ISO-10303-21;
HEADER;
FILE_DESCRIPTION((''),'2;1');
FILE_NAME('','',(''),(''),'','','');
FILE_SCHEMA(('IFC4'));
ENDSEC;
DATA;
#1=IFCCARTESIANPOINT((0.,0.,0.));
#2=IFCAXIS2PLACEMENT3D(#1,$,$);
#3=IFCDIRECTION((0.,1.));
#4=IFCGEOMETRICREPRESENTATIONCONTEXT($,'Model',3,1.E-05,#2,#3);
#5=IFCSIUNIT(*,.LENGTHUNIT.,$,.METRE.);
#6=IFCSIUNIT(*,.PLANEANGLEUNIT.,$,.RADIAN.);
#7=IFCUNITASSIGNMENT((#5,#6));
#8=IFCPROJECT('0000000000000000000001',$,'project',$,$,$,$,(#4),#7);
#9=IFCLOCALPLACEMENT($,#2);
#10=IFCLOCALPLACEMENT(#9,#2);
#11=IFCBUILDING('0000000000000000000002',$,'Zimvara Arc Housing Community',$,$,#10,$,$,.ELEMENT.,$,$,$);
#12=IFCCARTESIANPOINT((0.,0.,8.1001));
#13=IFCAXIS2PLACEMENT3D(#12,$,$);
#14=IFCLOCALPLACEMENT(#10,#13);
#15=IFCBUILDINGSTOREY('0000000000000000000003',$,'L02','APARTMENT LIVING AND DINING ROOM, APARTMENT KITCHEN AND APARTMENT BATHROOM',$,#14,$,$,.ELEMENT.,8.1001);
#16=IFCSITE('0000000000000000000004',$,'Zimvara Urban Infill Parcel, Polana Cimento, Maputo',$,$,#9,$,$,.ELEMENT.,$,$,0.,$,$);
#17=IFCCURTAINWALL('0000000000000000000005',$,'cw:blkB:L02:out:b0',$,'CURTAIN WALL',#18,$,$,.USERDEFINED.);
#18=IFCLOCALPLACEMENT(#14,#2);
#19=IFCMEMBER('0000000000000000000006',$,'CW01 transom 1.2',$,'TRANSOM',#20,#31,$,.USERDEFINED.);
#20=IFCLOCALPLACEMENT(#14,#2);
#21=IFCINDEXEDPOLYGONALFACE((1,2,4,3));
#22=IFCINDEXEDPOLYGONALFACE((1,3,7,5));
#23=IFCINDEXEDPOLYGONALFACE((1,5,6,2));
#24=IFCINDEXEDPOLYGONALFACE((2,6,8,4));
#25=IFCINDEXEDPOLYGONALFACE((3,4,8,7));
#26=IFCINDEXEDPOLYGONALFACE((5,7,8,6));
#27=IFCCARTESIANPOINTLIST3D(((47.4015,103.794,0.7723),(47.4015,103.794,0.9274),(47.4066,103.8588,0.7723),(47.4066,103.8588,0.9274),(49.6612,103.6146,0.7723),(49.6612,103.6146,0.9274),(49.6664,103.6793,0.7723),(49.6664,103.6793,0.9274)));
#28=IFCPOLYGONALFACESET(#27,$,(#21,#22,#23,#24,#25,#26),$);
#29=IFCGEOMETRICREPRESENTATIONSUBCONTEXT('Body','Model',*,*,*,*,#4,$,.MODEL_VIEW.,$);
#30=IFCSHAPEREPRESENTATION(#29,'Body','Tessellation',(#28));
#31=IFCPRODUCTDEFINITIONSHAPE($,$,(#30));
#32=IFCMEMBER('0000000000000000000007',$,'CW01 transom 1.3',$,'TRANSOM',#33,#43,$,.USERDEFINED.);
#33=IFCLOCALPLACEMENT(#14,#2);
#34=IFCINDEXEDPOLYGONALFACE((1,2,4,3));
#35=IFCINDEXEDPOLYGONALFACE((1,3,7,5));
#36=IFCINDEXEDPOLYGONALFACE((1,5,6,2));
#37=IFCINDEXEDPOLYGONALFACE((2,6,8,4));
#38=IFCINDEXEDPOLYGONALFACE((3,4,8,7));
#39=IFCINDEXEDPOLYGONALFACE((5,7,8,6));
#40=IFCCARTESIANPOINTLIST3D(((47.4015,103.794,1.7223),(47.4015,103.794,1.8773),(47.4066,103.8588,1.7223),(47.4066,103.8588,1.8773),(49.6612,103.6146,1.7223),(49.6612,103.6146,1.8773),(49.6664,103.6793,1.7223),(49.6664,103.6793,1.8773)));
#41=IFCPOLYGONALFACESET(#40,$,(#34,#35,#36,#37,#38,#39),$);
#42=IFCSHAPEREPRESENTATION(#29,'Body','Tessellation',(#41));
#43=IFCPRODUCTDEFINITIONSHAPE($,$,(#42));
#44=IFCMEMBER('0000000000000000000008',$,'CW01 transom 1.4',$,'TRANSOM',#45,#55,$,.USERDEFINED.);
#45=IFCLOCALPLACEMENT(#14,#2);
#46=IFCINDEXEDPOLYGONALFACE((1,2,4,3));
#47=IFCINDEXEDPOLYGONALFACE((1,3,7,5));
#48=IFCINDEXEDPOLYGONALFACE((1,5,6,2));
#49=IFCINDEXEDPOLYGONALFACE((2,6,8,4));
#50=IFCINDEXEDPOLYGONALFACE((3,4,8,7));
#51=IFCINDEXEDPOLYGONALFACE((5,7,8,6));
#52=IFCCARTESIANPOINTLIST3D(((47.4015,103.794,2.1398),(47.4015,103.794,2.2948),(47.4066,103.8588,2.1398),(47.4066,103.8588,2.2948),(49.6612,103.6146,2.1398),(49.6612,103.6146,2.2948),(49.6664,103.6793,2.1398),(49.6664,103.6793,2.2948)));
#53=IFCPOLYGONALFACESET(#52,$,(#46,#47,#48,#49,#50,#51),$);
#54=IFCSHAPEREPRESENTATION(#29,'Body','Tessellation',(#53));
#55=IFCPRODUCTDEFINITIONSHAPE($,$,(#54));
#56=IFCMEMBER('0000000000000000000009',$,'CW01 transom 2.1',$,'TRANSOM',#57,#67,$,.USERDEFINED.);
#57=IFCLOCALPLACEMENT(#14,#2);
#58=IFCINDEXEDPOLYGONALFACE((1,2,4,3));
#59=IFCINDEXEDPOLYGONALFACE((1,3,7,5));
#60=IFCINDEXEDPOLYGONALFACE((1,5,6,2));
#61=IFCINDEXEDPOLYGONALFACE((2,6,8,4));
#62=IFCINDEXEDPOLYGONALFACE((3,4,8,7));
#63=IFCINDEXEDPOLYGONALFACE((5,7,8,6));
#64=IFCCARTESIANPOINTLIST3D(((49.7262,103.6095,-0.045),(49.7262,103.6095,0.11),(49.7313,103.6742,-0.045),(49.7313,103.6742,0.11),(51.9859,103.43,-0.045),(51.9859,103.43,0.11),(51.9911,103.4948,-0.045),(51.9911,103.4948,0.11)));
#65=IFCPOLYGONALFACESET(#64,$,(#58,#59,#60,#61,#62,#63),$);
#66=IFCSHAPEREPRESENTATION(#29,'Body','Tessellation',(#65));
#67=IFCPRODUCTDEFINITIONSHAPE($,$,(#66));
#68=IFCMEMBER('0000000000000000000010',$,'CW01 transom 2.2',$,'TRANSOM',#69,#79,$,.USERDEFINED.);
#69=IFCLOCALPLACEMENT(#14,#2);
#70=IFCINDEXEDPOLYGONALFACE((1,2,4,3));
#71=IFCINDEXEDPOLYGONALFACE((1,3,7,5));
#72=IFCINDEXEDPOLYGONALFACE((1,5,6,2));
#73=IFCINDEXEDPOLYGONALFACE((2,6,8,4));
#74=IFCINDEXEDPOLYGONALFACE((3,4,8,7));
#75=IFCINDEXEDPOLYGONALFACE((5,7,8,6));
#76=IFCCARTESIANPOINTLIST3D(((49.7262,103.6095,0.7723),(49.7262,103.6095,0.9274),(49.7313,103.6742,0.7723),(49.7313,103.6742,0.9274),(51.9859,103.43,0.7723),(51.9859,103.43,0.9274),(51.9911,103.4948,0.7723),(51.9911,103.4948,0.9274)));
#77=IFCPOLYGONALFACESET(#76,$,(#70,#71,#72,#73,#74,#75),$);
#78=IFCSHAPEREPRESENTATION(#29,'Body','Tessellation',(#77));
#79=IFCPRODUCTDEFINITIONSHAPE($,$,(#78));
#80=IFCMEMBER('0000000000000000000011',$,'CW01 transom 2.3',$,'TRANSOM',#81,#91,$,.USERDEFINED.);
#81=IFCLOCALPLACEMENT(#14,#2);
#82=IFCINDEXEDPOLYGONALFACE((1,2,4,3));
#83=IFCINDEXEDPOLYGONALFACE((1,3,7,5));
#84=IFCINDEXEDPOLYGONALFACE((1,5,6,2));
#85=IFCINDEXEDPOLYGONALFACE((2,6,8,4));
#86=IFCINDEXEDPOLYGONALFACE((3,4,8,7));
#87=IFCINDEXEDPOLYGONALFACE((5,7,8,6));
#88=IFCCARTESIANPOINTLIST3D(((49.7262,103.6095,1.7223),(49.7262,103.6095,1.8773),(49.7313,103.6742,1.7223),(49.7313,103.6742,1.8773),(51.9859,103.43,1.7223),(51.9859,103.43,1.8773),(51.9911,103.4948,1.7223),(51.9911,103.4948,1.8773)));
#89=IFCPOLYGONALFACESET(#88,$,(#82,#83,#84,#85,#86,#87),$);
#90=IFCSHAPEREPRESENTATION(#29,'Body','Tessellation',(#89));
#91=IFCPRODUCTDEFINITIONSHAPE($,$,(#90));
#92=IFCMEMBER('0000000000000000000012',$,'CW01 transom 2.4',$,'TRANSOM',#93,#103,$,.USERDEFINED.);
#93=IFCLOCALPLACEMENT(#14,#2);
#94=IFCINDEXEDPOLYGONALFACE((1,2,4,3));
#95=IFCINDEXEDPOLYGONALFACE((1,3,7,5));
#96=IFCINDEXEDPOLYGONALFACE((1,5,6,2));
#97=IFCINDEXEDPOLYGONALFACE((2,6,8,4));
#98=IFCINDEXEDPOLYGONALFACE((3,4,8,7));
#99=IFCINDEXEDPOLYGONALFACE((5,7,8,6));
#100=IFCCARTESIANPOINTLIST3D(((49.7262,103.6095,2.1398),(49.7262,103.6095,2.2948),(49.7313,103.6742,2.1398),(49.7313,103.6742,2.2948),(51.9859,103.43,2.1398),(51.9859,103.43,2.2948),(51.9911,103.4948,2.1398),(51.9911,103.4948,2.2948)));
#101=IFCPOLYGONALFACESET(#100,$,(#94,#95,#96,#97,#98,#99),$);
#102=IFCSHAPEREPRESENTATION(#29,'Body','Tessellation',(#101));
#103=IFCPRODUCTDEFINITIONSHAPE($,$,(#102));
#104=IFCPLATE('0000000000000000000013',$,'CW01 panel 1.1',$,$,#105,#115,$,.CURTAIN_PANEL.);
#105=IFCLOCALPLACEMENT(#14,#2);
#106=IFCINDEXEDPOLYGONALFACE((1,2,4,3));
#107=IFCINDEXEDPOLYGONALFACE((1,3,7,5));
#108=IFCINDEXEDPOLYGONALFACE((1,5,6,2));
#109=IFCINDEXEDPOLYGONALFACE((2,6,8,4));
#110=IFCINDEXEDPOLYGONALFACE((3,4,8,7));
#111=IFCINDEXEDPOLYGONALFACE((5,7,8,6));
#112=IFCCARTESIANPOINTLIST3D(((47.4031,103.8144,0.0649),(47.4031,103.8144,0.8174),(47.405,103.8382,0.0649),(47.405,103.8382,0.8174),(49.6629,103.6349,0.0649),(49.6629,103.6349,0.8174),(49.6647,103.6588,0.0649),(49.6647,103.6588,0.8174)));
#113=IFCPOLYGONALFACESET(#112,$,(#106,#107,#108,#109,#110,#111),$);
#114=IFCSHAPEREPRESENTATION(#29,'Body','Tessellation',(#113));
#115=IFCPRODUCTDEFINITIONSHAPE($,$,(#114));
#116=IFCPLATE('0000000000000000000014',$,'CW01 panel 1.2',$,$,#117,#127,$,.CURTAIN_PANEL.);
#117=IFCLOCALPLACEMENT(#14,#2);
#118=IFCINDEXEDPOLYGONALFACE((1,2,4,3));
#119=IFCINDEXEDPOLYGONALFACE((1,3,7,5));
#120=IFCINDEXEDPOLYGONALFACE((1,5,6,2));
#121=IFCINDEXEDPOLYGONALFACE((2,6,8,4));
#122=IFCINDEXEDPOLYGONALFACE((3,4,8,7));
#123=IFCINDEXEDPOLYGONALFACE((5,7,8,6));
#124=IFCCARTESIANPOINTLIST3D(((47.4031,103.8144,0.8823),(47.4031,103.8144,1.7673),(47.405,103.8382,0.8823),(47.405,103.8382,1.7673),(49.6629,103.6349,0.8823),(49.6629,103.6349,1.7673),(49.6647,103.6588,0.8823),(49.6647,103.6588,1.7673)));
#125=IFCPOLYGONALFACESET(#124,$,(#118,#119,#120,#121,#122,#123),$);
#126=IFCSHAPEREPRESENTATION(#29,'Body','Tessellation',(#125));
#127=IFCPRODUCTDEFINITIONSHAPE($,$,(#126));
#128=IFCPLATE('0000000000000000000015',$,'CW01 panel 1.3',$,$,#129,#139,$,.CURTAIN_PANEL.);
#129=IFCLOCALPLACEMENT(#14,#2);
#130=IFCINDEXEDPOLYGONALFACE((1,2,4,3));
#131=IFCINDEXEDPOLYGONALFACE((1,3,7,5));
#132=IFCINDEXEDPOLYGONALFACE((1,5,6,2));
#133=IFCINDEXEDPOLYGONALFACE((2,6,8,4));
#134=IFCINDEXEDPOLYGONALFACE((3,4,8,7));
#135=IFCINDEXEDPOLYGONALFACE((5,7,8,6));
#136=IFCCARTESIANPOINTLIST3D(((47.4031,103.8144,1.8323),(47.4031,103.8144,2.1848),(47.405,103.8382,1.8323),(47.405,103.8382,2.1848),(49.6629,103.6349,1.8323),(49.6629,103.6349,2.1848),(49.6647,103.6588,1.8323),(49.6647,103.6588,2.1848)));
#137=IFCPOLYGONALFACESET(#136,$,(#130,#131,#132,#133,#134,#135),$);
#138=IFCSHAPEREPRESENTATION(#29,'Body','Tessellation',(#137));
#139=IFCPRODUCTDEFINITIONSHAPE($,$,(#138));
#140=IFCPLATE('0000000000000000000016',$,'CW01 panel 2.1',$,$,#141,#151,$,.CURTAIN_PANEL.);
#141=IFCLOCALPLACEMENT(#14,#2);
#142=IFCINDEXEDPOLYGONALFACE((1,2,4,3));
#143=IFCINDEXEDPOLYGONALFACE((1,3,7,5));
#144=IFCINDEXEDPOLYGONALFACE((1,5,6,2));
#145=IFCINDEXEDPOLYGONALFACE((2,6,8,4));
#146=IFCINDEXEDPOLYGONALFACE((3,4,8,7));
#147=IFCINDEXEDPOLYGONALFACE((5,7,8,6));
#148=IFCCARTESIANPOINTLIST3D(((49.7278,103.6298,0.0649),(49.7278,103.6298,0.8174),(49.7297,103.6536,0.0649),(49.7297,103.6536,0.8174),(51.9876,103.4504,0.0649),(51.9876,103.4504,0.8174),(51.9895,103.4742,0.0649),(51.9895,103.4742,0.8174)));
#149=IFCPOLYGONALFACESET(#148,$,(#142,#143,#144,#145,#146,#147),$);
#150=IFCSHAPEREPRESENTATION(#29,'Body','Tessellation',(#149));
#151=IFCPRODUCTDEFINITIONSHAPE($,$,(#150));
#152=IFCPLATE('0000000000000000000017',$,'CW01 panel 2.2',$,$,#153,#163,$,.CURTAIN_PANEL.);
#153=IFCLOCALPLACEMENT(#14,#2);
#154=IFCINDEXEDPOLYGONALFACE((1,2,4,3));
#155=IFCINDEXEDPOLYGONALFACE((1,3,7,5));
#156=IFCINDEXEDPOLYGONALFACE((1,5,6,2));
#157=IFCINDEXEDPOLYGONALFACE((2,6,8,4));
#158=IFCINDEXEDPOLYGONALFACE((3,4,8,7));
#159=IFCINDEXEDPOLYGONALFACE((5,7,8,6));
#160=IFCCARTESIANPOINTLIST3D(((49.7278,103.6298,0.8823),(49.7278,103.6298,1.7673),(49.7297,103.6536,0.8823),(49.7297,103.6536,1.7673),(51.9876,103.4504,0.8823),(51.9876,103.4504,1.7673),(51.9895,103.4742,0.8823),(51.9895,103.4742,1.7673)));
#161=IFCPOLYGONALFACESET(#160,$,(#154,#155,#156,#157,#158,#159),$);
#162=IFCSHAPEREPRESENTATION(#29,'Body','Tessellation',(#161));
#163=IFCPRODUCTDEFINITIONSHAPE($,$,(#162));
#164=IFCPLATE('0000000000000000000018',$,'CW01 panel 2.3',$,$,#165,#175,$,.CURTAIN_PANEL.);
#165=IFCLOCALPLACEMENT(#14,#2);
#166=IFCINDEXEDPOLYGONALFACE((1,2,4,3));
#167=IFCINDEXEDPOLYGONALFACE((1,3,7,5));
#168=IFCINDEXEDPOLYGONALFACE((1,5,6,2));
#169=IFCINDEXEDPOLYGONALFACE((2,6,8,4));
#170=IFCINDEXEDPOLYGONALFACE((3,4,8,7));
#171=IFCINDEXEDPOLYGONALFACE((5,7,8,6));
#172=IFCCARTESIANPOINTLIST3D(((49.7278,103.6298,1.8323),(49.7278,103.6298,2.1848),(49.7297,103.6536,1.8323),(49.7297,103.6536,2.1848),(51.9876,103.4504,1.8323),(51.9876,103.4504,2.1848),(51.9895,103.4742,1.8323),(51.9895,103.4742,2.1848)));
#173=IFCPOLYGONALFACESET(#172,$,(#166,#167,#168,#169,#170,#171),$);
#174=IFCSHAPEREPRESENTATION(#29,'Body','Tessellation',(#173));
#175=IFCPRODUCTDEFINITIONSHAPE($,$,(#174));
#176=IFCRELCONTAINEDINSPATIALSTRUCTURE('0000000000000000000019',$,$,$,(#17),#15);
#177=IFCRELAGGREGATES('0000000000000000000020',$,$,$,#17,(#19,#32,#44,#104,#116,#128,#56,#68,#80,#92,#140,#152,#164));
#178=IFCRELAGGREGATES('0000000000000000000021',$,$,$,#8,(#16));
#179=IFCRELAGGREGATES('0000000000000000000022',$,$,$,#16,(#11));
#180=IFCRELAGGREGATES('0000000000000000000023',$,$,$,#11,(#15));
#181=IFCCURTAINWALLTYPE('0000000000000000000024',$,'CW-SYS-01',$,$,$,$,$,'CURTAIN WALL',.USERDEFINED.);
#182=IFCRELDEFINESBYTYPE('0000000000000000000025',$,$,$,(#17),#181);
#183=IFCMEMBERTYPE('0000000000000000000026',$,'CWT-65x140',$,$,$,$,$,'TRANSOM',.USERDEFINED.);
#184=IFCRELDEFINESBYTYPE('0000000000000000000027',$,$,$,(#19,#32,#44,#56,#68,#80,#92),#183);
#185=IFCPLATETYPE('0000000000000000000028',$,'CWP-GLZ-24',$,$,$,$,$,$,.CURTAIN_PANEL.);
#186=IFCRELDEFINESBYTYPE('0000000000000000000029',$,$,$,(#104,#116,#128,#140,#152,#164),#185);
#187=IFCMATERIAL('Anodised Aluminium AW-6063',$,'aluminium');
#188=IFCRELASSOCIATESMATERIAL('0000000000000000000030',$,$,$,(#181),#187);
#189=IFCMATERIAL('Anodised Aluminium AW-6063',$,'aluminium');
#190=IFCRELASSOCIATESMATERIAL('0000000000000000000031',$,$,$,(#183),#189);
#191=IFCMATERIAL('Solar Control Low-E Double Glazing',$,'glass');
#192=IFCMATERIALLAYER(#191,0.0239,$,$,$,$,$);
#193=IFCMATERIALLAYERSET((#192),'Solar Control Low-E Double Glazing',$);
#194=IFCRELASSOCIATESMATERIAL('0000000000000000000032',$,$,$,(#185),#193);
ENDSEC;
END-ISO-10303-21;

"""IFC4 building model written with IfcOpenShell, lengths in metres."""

from ifc_helpers import new_model, si_unit, direction, frame, origin, origin_2d, place, context, subcontext, project, spatial, rectangle, extrude, material, layer, layer_set, material_profile, profile_set, type_object, element, aggregate, save


model = new_model("IFC4")

# Units and contexts
model_context = context("Model", 3, precision=1e-05, world=origin(), true_north=direction((0.0, 1.0)))
body_context = subcontext(model_context, "Body", "Model", "MODEL_VIEW")
ifc_project = project(units=[si_unit("LENGTHUNIT", "METRE"), si_unit("PLANEANGLEUNIT", "RADIAN")], contexts=[model_context])

# Site, building, storey
site_placement = place(None, origin())
site = spatial("IfcSite", under=ifc_project, at=site_placement, Name="Zimvara Urban Infill Parcel, Polana Cimento, Maputo", CompositionType="ELEMENT", RefElevation=0.0)
building_placement = place(site_placement, origin())
building = spatial("IfcBuilding", under=site, at=building_placement, Name="Zimvara Arc Housing Community", CompositionType="ELEMENT")
storey_placement = place(building_placement, frame((0.0, 0.0, 8.1001)))
storey = spatial("IfcBuildingStorey", under=building, at=storey_placement, Name="L02", Description="APARTMENT LIVING AND DINING ROOM, APARTMENT KITCHEN AND APARTMENT BATHROOM", CompositionType="ELEMENT", Elevation=8.1001)

# Curtain wall, members, plates
ifc_material_1 = material(Name="Anodised Aluminium AW-6063", Category="aluminium")
curtain_wall_type = type_object("IfcCurtainWallType", Name="CW-SYS-01", ElementType="CURTAIN WALL", PredefinedType="USERDEFINED", material=ifc_material_1)
curtain_wall_placement = place(storey_placement, origin())
curtain_wall = element("IfcCurtainWall", 1, at=curtain_wall_placement, inside=storey, type_object=curtain_wall_type, Name="cw:blkB:L02:out:b0", ObjectType="CURTAIN WALL", PredefinedType="USERDEFINED")
ifc_material_2 = material(Name="Anodised Aluminium AW-6063", Category="aluminium")
ifc_material_profile_1 = material_profile(ifc_material_2, rectangle(XDim=0.0649, YDim=0.155, at=origin_2d()), Name="ALU 65x155")
ifc_profile_set_1 = profile_set([ifc_material_profile_1], Name="Anodised Aluminium AW-6063")
member_type_1 = type_object("IfcMemberType", Name="CWT-65x140", ElementType="TRANSOM", PredefinedType="USERDEFINED", material=ifc_profile_set_1)
member_1_placement = place(storey_placement, frame((47.4041, 103.8264, 0.8499), z_axis=(0.996862, -0.079159, 0.0), x_axis=(0.079159, 0.996862, 0.0)))
member_1 = element("IfcMember", 2, at=member_1_placement, type_object=member_type_1, Name="CW01 transom 1.2", ObjectType="TRANSOM", PredefinedType="USERDEFINED", context=body_context, shape_type="SweptSolid", body=[
    extrude(rectangle(XDim=0.0649, YDim=0.155, at=origin_2d()), origin(), (0.0, 0.0, 1.0), 2.2668),
])
member_2_placement = place(storey_placement, frame((47.4041, 103.8264, 1.7998), z_axis=(0.996862, -0.079159, 0.0), x_axis=(0.079159, 0.996862, 0.0)))
member_2 = element("IfcMember", 3, at=member_2_placement, type_object=member_type_1, Name="CW01 transom 1.3", ObjectType="TRANSOM", PredefinedType="USERDEFINED", context=body_context, shape_type="SweptSolid", body=[
    extrude(rectangle(XDim=0.0649, YDim=0.155, at=origin_2d()), origin(), (0.0, 0.0, 1.0), 2.2668),
])
member_3_placement = place(storey_placement, frame((47.4041, 103.8264, 2.2173), z_axis=(0.996862, -0.079159, 0.0), x_axis=(0.079159, 0.996862, 0.0)))
member_3 = element("IfcMember", 4, at=member_3_placement, type_object=member_type_1, Name="CW01 transom 1.4", ObjectType="TRANSOM", PredefinedType="USERDEFINED", context=body_context, shape_type="SweptSolid", body=[
    extrude(rectangle(XDim=0.0649, YDim=0.155, at=origin_2d()), origin(), (0.0, 0.0, 1.0), 2.2668),
])
member_4_placement = place(storey_placement, frame((49.7288, 103.6418, 0.0325), z_axis=(0.996862, -0.079159, 0.0), x_axis=(0.079159, 0.996862, 0.0)))
member_4 = element("IfcMember", 5, at=member_4_placement, type_object=member_type_1, Name="CW01 transom 2.1", ObjectType="TRANSOM", PredefinedType="USERDEFINED", context=body_context, shape_type="SweptSolid", body=[
    extrude(rectangle(XDim=0.0649, YDim=0.155, at=origin_2d()), origin(), (0.0, 0.0, 1.0), 2.2668),
])
member_5_placement = place(storey_placement, frame((49.7288, 103.6418, 0.8499), z_axis=(0.996862, -0.079159, 0.0), x_axis=(0.079159, 0.996862, 0.0)))
member_5 = element("IfcMember", 6, at=member_5_placement, type_object=member_type_1, Name="CW01 transom 2.2", ObjectType="TRANSOM", PredefinedType="USERDEFINED", context=body_context, shape_type="SweptSolid", body=[
    extrude(rectangle(XDim=0.0649, YDim=0.155, at=origin_2d()), origin(), (0.0, 0.0, 1.0), 2.2668),
])
member_6_placement = place(storey_placement, frame((49.7288, 103.6418, 1.7998), z_axis=(0.996862, -0.079159, 0.0), x_axis=(0.079159, 0.996862, 0.0)))
member_6 = element("IfcMember", 7, at=member_6_placement, type_object=member_type_1, Name="CW01 transom 2.3", ObjectType="TRANSOM", PredefinedType="USERDEFINED", context=body_context, shape_type="SweptSolid", body=[
    extrude(rectangle(XDim=0.0649, YDim=0.155, at=origin_2d()), origin(), (0.0, 0.0, 1.0), 2.2668),
])
member_7_placement = place(storey_placement, frame((49.7288, 103.6418, 2.2173), z_axis=(0.996862, -0.079159, 0.0), x_axis=(0.079159, 0.996862, 0.0)))
member_7 = element("IfcMember", 8, at=member_7_placement, type_object=member_type_1, Name="CW01 transom 2.4", ObjectType="TRANSOM", PredefinedType="USERDEFINED", context=body_context, shape_type="SweptSolid", body=[
    extrude(rectangle(XDim=0.0649, YDim=0.155, at=origin_2d()), origin(), (0.0, 0.0, 1.0), 2.2668),
])
ifc_material_3 = material(Name="Solar Control Low-E Double Glazing", Category="glass")
ifc_layer_1 = layer(ifc_material_3, 0.0239)
ifc_layer_set_1 = layer_set([ifc_layer_1], Name="Solar Control Low-E Double Glazing")
plate_type = type_object("IfcPlateType", Name="CWP-GLZ-24", PredefinedType="CURTAIN_PANEL", material=ifc_layer_set_1)
plate_1_placement = place(storey_placement, frame((48.5339, 103.7366, 0.0649), z_axis=(0.0, 0.0, 1.0), x_axis=(0.996862, -0.079154, 0.0)))
plate_1 = element("IfcPlate", 9, at=plate_1_placement, type_object=plate_type, Name="CW01 panel 1.1", PredefinedType="CURTAIN_PANEL", context=body_context, shape_type="SweptSolid", body=[
    extrude(rectangle(XDim=2.2668, YDim=0.0239, at=origin_2d()), origin(), (0.0, 0.0, 1.0), 0.7524),
])
plate_2_placement = place(storey_placement, frame((48.5339, 103.7366, 0.8823), z_axis=(0.0, 0.0, 1.0), x_axis=(0.996862, -0.079154, 0.0)))
plate_2 = element("IfcPlate", 10, at=plate_2_placement, type_object=plate_type, Name="CW01 panel 1.2", PredefinedType="CURTAIN_PANEL", context=body_context, shape_type="SweptSolid", body=[
    extrude(rectangle(XDim=2.2668, YDim=0.0239, at=origin_2d()), origin(), (0.0, 0.0, 1.0), 0.885),
])
plate_3_placement = place(storey_placement, frame((48.5339, 103.7366, 1.8323), z_axis=(0.0, 0.0, 1.0), x_axis=(0.996862, -0.079154, 0.0)))
plate_3 = element("IfcPlate", 11, at=plate_3_placement, type_object=plate_type, Name="CW01 panel 1.3", PredefinedType="CURTAIN_PANEL", context=body_context, shape_type="SweptSolid", body=[
    extrude(rectangle(XDim=2.2668, YDim=0.0239, at=origin_2d()), origin(), (0.0, 0.0, 1.0), 0.3525),
])
plate_4_placement = place(storey_placement, frame((50.8586, 103.552, 0.0649), z_axis=(0.0, 0.0, 1.0), x_axis=(0.996862, -0.079154, 0.0)))
plate_4 = element("IfcPlate", 12, at=plate_4_placement, type_object=plate_type, Name="CW01 panel 2.1", PredefinedType="CURTAIN_PANEL", context=body_context, shape_type="SweptSolid", body=[
    extrude(rectangle(XDim=2.2668, YDim=0.0239, at=origin_2d()), origin(), (0.0, 0.0, 1.0), 0.7524),
])
plate_5_placement = place(storey_placement, frame((50.8586, 103.552, 0.8823), z_axis=(0.0, 0.0, 1.0), x_axis=(0.996862, -0.079154, 0.0)))
plate_5 = element("IfcPlate", 13, at=plate_5_placement, type_object=plate_type, Name="CW01 panel 2.2", PredefinedType="CURTAIN_PANEL", context=body_context, shape_type="SweptSolid", body=[
    extrude(rectangle(XDim=2.2668, YDim=0.0239, at=origin_2d()), origin(), (0.0, 0.0, 1.0), 0.885),
])
plate_6_placement = place(storey_placement, frame((50.8586, 103.552, 1.8323), z_axis=(0.0, 0.0, 1.0), x_axis=(0.996862, -0.079154, 0.0)))
plate_6 = element("IfcPlate", 14, at=plate_6_placement, type_object=plate_type, Name="CW01 panel 2.3", PredefinedType="CURTAIN_PANEL", context=body_context, shape_type="SweptSolid", body=[
    extrude(rectangle(XDim=2.2668, YDim=0.0239, at=origin_2d()), origin(), (0.0, 0.0, 1.0), 0.3525),
])
aggregate(curtain_wall, [member_1, member_2, member_3, plate_1, plate_2, plate_3, member_4, member_5, member_6, member_7, plate_4, plate_5, plate_6])

save(model, "model.ifc")
